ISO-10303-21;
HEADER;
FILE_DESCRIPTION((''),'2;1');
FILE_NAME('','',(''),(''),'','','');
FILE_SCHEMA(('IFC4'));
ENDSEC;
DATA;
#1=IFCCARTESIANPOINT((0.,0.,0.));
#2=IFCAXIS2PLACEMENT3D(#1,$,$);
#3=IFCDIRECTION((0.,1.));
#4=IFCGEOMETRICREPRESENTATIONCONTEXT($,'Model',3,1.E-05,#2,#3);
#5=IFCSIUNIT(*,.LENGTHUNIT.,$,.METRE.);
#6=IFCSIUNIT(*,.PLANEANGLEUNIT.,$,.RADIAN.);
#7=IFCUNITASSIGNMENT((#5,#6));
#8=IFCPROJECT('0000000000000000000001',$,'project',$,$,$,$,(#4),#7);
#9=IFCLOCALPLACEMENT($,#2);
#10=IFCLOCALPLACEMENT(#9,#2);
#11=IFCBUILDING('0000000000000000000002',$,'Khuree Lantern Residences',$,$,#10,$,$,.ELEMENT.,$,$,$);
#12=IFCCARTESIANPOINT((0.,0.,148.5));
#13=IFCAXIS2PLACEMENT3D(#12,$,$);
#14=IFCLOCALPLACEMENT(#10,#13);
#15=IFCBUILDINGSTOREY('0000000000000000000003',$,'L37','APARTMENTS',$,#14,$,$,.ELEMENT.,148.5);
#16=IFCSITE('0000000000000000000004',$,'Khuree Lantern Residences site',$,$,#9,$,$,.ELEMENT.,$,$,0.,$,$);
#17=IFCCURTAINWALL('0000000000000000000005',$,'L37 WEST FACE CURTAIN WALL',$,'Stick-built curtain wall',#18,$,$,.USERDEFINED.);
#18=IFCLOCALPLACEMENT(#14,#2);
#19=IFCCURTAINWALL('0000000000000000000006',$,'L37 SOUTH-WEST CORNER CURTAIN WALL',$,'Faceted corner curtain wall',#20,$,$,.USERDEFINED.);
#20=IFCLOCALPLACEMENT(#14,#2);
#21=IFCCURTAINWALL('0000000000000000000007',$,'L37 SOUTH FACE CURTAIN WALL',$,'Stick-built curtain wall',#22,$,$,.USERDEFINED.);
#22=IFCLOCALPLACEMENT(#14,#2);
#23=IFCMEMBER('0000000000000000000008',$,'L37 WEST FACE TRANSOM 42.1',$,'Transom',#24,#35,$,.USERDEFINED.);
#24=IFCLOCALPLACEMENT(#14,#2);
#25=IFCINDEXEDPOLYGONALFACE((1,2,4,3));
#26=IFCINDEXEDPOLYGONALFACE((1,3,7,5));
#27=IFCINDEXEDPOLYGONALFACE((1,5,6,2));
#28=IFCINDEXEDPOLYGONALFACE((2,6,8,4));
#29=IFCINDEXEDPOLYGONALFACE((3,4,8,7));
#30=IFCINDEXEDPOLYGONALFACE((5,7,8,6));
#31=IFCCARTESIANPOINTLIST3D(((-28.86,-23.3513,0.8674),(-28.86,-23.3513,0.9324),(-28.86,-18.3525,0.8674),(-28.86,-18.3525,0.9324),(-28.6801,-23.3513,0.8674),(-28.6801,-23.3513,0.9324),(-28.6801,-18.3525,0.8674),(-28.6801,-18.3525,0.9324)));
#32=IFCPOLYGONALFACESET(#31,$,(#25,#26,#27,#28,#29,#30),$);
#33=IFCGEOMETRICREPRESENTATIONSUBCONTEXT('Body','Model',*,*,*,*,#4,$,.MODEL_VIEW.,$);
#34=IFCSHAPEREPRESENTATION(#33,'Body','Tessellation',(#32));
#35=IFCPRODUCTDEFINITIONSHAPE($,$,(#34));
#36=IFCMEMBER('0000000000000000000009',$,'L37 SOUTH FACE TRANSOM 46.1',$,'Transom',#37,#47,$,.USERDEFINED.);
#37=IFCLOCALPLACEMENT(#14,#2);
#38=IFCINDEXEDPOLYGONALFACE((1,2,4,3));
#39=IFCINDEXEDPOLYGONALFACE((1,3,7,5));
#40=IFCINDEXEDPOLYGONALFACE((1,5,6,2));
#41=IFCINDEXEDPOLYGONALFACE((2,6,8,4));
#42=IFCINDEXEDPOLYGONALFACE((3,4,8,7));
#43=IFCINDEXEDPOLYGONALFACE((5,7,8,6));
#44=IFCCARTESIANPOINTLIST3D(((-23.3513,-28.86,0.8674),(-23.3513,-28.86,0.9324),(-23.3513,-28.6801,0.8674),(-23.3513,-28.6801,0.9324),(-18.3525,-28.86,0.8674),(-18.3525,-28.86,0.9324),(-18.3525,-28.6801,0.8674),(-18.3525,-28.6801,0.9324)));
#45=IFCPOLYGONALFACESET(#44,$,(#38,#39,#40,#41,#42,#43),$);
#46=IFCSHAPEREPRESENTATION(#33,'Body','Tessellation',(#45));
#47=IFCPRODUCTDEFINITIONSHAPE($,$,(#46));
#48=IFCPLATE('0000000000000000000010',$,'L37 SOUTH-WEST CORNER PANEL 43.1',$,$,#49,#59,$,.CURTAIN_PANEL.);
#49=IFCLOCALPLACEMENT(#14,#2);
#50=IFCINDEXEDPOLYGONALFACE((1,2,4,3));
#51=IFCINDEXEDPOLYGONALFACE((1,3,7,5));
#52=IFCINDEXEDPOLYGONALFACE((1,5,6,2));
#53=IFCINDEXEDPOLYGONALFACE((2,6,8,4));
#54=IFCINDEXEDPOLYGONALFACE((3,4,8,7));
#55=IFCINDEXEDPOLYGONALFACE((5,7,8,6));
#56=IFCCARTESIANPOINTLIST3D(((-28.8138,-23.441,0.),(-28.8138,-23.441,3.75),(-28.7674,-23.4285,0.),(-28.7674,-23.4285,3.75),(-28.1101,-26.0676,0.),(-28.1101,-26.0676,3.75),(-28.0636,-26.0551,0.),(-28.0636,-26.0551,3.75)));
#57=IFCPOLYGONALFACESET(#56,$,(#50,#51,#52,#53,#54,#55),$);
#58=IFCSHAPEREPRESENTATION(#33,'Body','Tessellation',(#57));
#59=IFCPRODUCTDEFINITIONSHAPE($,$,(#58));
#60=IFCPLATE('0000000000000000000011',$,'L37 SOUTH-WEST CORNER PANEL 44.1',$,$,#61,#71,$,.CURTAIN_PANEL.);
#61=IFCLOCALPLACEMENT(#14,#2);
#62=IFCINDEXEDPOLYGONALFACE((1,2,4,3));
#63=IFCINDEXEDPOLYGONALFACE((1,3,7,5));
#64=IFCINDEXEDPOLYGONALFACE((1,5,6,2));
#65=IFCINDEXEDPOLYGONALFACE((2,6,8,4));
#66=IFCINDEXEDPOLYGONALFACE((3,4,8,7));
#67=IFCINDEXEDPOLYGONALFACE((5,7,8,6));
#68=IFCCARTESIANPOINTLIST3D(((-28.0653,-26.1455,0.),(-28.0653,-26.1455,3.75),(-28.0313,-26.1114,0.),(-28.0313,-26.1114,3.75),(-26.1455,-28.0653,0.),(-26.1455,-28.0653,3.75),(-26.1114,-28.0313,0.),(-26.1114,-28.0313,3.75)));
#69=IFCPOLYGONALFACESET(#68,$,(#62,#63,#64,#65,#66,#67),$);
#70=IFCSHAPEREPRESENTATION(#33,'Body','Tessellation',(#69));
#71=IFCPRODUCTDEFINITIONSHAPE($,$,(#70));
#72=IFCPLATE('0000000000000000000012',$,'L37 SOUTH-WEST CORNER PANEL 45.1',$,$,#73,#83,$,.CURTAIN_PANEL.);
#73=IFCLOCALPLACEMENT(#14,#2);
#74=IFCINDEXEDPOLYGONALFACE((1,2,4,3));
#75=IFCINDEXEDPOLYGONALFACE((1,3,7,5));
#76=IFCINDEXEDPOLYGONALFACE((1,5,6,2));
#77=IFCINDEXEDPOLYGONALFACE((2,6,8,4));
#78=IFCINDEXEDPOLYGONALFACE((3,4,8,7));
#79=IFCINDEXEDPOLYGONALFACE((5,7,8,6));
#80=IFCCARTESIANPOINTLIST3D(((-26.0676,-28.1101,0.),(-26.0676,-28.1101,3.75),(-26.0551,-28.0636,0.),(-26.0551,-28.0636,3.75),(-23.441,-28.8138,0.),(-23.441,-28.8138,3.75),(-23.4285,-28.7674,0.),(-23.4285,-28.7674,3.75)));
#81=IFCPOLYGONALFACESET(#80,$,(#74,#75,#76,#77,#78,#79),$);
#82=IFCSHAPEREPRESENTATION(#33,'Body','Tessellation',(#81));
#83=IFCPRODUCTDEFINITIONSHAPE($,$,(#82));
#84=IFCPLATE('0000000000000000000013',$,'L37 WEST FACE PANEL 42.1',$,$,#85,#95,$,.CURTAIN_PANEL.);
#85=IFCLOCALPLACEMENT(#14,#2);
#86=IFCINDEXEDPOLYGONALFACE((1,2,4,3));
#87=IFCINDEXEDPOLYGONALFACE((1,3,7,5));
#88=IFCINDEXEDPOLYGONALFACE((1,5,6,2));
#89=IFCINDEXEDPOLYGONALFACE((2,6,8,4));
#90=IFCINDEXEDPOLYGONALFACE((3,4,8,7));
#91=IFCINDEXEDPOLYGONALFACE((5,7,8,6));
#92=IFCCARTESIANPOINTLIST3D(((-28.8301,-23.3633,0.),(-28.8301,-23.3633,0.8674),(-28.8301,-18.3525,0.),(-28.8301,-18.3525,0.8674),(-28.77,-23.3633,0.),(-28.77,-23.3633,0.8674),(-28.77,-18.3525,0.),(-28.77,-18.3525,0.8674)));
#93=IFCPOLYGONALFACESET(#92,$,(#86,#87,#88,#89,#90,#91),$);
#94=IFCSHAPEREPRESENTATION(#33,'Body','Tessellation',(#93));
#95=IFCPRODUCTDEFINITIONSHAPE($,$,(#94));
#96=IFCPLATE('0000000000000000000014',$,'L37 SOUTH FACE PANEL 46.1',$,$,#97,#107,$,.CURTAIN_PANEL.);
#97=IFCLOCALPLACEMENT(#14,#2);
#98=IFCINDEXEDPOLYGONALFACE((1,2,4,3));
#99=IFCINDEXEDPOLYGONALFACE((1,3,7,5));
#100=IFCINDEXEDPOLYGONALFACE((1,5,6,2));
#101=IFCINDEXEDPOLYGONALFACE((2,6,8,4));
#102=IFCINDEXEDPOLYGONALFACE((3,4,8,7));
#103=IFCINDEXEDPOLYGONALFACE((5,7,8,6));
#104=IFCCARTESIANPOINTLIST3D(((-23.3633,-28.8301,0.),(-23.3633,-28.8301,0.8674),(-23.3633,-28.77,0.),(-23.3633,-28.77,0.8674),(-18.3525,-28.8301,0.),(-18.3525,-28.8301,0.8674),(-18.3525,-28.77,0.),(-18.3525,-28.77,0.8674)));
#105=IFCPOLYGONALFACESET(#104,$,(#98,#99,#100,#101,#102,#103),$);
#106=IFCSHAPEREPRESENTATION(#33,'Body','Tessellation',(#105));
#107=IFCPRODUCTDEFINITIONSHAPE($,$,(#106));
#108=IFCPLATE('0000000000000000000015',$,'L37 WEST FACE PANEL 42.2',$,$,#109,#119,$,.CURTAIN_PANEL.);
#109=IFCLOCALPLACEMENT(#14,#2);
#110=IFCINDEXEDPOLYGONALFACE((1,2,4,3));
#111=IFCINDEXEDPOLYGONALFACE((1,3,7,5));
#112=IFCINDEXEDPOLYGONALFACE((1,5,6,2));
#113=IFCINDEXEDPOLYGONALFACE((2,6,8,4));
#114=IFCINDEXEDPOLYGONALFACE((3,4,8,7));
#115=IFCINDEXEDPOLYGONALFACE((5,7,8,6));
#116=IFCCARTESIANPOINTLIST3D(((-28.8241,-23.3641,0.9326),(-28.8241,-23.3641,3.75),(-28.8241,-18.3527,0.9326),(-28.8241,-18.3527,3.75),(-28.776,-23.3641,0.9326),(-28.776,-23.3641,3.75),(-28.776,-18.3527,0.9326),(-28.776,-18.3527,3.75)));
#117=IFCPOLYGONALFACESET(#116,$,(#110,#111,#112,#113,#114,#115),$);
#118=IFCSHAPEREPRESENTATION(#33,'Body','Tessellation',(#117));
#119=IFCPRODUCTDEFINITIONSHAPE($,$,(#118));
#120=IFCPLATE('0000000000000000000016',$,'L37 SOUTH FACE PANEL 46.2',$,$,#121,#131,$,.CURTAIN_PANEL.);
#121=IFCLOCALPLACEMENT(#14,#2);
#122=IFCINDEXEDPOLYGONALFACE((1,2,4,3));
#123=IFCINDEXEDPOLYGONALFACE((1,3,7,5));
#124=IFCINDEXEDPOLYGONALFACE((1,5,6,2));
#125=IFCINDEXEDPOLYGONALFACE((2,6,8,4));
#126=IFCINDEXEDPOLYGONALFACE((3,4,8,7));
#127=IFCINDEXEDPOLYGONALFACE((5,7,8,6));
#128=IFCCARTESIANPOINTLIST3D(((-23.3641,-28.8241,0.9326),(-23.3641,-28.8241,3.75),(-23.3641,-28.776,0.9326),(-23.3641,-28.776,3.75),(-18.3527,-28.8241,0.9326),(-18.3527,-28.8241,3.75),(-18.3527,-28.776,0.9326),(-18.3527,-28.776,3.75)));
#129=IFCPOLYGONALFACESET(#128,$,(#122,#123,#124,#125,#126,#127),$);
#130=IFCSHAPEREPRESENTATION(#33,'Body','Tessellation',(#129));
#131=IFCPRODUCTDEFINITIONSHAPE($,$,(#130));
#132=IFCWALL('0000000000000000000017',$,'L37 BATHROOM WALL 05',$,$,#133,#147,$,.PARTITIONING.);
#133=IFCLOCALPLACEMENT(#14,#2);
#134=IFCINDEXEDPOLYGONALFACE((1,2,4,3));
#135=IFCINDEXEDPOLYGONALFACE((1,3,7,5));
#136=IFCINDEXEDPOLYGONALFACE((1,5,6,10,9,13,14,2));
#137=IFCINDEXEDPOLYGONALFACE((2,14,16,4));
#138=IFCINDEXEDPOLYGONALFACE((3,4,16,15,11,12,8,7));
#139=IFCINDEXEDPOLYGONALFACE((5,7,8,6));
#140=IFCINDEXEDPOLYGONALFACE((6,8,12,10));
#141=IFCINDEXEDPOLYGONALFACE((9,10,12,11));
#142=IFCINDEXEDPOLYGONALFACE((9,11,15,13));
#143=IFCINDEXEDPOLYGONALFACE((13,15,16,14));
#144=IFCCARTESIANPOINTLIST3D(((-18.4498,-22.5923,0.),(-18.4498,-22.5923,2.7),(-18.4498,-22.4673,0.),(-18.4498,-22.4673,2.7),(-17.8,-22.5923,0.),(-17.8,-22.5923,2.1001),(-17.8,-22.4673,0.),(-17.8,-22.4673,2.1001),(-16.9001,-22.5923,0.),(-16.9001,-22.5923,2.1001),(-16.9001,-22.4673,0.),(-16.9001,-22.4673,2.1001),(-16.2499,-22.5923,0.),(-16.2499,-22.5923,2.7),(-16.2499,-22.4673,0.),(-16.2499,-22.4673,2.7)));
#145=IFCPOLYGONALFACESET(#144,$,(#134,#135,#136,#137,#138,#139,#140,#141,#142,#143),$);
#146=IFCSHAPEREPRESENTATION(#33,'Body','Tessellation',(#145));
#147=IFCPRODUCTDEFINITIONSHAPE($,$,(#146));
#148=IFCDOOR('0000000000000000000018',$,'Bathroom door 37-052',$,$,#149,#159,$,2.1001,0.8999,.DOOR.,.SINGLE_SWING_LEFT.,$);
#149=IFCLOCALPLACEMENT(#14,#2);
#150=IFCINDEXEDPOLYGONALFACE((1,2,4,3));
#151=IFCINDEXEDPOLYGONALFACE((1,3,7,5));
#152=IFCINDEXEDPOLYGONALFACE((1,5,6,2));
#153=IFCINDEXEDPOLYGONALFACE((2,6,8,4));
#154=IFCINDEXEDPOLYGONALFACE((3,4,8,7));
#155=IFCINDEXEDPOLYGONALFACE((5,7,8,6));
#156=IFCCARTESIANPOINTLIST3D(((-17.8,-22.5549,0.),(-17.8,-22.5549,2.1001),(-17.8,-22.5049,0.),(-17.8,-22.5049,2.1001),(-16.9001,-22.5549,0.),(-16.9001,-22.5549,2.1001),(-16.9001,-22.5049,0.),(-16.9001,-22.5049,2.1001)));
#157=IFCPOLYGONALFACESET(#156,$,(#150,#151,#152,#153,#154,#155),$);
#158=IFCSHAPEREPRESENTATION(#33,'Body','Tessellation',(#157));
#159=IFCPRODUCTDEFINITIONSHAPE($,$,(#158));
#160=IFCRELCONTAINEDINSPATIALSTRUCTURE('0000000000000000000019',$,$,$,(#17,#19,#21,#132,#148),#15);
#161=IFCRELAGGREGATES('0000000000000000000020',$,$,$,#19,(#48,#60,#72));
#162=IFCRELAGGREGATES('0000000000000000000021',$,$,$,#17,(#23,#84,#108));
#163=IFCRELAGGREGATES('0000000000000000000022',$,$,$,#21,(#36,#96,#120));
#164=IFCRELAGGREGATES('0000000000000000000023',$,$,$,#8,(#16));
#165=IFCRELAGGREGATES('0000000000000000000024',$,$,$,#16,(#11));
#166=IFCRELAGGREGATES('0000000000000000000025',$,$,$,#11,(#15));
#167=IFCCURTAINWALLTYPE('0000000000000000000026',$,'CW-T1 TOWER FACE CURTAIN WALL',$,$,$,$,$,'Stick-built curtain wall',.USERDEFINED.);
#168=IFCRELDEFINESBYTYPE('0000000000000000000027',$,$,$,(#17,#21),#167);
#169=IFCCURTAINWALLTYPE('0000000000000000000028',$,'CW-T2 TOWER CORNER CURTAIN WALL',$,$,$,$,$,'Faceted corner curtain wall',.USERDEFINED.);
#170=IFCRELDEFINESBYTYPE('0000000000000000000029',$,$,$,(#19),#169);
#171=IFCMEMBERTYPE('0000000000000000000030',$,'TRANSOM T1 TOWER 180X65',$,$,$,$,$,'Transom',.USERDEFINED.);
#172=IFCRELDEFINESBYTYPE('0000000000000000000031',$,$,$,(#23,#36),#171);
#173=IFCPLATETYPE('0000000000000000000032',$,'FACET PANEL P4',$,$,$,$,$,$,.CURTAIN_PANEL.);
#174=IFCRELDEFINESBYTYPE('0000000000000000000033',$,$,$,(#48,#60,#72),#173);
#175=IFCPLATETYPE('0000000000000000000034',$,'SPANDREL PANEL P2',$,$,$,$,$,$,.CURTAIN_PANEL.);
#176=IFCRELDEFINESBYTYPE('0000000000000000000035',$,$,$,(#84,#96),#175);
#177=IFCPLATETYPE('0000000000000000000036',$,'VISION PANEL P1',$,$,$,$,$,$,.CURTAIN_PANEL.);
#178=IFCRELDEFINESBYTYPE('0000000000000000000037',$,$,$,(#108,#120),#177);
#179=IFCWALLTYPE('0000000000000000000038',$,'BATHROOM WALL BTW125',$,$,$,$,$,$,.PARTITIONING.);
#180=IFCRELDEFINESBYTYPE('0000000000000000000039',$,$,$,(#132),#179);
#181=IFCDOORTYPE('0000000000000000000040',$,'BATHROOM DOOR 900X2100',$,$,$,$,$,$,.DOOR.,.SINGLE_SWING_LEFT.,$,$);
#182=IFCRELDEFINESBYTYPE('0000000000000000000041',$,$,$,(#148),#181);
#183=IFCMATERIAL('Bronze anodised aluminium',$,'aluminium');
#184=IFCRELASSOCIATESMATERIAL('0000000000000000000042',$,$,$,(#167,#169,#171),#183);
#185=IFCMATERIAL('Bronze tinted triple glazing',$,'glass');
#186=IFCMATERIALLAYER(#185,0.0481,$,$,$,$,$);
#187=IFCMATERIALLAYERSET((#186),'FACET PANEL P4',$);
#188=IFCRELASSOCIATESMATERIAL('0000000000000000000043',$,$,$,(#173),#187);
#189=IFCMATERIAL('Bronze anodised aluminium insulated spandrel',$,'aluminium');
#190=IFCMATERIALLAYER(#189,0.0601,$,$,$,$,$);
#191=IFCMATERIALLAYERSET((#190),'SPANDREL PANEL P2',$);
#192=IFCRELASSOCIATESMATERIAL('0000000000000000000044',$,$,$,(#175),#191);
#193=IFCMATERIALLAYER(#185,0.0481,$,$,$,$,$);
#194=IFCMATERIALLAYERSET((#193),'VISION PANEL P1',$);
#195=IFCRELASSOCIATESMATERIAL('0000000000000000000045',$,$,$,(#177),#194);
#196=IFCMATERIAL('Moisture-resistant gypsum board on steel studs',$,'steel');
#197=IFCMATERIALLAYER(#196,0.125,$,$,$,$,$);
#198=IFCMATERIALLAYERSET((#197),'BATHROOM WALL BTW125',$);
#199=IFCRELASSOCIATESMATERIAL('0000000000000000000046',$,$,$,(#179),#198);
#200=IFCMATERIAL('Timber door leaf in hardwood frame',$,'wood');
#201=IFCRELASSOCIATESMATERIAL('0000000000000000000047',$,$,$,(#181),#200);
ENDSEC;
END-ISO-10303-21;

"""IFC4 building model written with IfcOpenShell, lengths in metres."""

from ifc_helpers import new_model, si_unit, direction, frame, frame_2d, origin, origin_2d, place, context, subcontext, project, spatial, rectangle, extrude, material, layer, layer_set, material_profile, profile_set, type_object, element, fill, aggregate, save


model = new_model("IFC4")

# Units and contexts
model_context = context("Model", 3, precision=1e-05, world=origin(), true_north=direction((0.0, 1.0)))
body_context = subcontext(model_context, "Body", "Model", "MODEL_VIEW")
ifc_project = project(units=[si_unit("LENGTHUNIT", "METRE"), si_unit("PLANEANGLEUNIT", "RADIAN")], contexts=[model_context])

# Site, building, storey
site_placement = place(None, origin())
site = spatial("IfcSite", under=ifc_project, at=site_placement, Name="Khuree Lantern Residences site", CompositionType="ELEMENT", RefElevation=0.0)
building_placement = place(site_placement, origin())
building = spatial("IfcBuilding", under=site, at=building_placement, Name="Khuree Lantern Residences", CompositionType="ELEMENT")
storey_placement = place(building_placement, frame((0.0, 0.0, 148.5)))
storey = spatial("IfcBuildingStorey", under=building, at=storey_placement, Name="L37", Description="APARTMENTS", CompositionType="ELEMENT", Elevation=148.5)

# Curtain walls
ifc_material_1 = material(Name="Bronze anodised aluminium", Category="aluminium")
curtain_wall_type_1 = type_object("IfcCurtainWallType", Name="CW-T1 TOWER FACE CURTAIN WALL", ElementType="Stick-built curtain wall", PredefinedType="USERDEFINED", material=ifc_material_1)
curtain_wall_1_placement = place(storey_placement, origin())
curtain_wall_1 = element("IfcCurtainWall", 1, at=curtain_wall_1_placement, inside=storey, type_object=curtain_wall_type_1, Name="L37 WEST FACE CURTAIN WALL", ObjectType="Stick-built curtain wall", PredefinedType="USERDEFINED")
curtain_wall_type_2 = type_object("IfcCurtainWallType", Name="CW-T2 TOWER CORNER CURTAIN WALL", ElementType="Faceted corner curtain wall", PredefinedType="USERDEFINED", material=ifc_material_1)
curtain_wall_2_placement = place(storey_placement, origin())
curtain_wall_2 = element("IfcCurtainWall", 2, at=curtain_wall_2_placement, inside=storey, type_object=curtain_wall_type_2, Name="L37 SOUTH-WEST CORNER CURTAIN WALL", ObjectType="Faceted corner curtain wall", PredefinedType="USERDEFINED")

# Curtain wall
curtain_wall_3_placement = place(storey_placement, origin())
curtain_wall_3 = element("IfcCurtainWall", 3, at=curtain_wall_3_placement, inside=storey, type_object=curtain_wall_type_1, Name="L37 SOUTH FACE CURTAIN WALL", ObjectType="Stick-built curtain wall", PredefinedType="USERDEFINED")

# Members
ifc_material_profile_1 = material_profile(ifc_material_1, rectangle(XDim=0.1799, YDim=0.0649, at=origin_2d()), Name="T1 180X65")
ifc_profile_set_1 = profile_set([ifc_material_profile_1], Name="Bronze anodised aluminium")
member_type_1 = type_object("IfcMemberType", Name="TRANSOM T1 TOWER 180X65", ElementType="Transom", PredefinedType="USERDEFINED", material=ifc_profile_set_1)
member_1_placement = place(storey_placement, frame((-28.77, -18.3525, 0.8999), z_axis=(0.0, -1.0, 0.0), x_axis=(1.0, 0.0, 0.0)))
member_1 = element("IfcMember", 4, at=member_1_placement, type_object=member_type_1, Name="L37 WEST FACE TRANSOM 42.1", ObjectType="Transom", PredefinedType="USERDEFINED", context=body_context, shape_type="SweptSolid", body=[
    extrude(rectangle(XDim=0.1799, YDim=0.0649, at=origin_2d()), origin(), (0.0, 0.0, 1.0), 4.9988),
])
member_2_placement = place(storey_placement, frame((-23.3513, -28.77, 0.8999), z_axis=(1.0, 0.0, 0.0), x_axis=(0.0, 1.0, 0.0)))
member_2 = element("IfcMember", 5, at=member_2_placement, type_object=member_type_1, Name="L37 SOUTH FACE TRANSOM 46.1", ObjectType="Transom", PredefinedType="USERDEFINED", context=body_context, shape_type="SweptSolid", body=[
    extrude(rectangle(XDim=0.1799, YDim=0.0649, at=origin_2d()), origin(), (0.0, 0.0, 1.0), 4.9988),
])

# Plates
ifc_material_2 = material(Name="Bronze tinted triple glazing", Category="glass")
ifc_layer_1 = layer(ifc_material_2, 0.0481)
ifc_layer_set_1 = layer_set([ifc_layer_1], Name="FACET PANEL P4")
plate_type_1 = type_object("IfcPlateType", Name="FACET PANEL P4", PredefinedType="CURTAIN_PANEL", material=ifc_layer_set_1)
plate_1_placement = place(storey_placement, frame((-28.4387, -24.748, 0.0), z_axis=(0.0, 0.0, 1.0), x_axis=(0.258819, -0.965926, 0.0)))
plate_1 = element("IfcPlate", 6, at=plate_1_placement, type_object=plate_type_1, Name="L37 SOUTH-WEST CORNER PANEL 43.1", PredefinedType="CURTAIN_PANEL", context=body_context, shape_type="SweptSolid", body=[
    extrude(rectangle(XDim=2.7192, YDim=0.0481, at=origin_2d()), origin(), (0.0, 0.0, 1.0), 3.75),
])
plate_2_placement = place(storey_placement, frame((-27.0884, -27.0884, 0.0), z_axis=(0.0, 0.0, 1.0), x_axis=(0.707107, -0.707107, 0.0)))
plate_2 = element("IfcPlate", 7, at=plate_2_placement, type_object=plate_type_1, Name="L37 SOUTH-WEST CORNER PANEL 44.1", PredefinedType="CURTAIN_PANEL", context=body_context, shape_type="SweptSolid", body=[
    extrude(rectangle(XDim=2.7151, YDim=0.0481, at=origin_2d()), origin(), (0.0, 0.0, 1.0), 3.75),
])
plate_3_placement = place(storey_placement, frame((-24.748, -28.4387, 0.0), z_axis=(0.0, 0.0, 1.0), x_axis=(0.965926, -0.258819, 0.0)))
plate_3 = element("IfcPlate", 8, at=plate_3_placement, type_object=plate_type_1, Name="L37 SOUTH-WEST CORNER PANEL 45.1", PredefinedType="CURTAIN_PANEL", context=body_context, shape_type="SweptSolid", body=[
    extrude(rectangle(XDim=2.7192, YDim=0.0481, at=origin_2d()), origin(), (0.0, 0.0, 1.0), 3.75),
])
aggregate(curtain_wall_2, [plate_1, plate_2, plate_3])
ifc_material_3 = material(Name="Bronze anodised aluminium insulated spandrel", Category="aluminium")
ifc_layer_2 = layer(ifc_material_3, 0.0601)
ifc_layer_set_2 = layer_set([ifc_layer_2], Name="SPANDREL PANEL P2")
plate_type_2 = type_object("IfcPlateType", Name="SPANDREL PANEL P2", PredefinedType="CURTAIN_PANEL", material=ifc_layer_set_2)
plate_4_placement = place(storey_placement, frame((-28.8, -20.8579, 0.0), z_axis=(0.0, 0.0, 1.0), x_axis=(0.0, -1.0, 0.0)))
plate_4 = element("IfcPlate", 9, at=plate_4_placement, type_object=plate_type_2, Name="L37 WEST FACE PANEL 42.1", PredefinedType="CURTAIN_PANEL", context=body_context, shape_type="SweptSolid", body=[
    extrude(rectangle(XDim=5.0107, YDim=0.0601, at=origin_2d()), origin(), (0.0, 0.0, 1.0), 0.8674),
])
plate_5_placement = place(storey_placement, frame((-20.8579, -28.8, 0.0), z_axis=(0.0, 0.0, 1.0), x_axis=(1.0, 0.0, 0.0)))
plate_5 = element("IfcPlate", 10, at=plate_5_placement, type_object=plate_type_2, Name="L37 SOUTH FACE PANEL 46.1", PredefinedType="CURTAIN_PANEL", context=body_context, shape_type="SweptSolid", body=[
    extrude(rectangle(XDim=5.0107, YDim=0.0601, at=origin_2d()), origin(), (0.0, 0.0, 1.0), 0.8674),
])
ifc_layer_3 = layer(ifc_material_2, 0.0481)
ifc_layer_set_3 = layer_set([ifc_layer_3], Name="VISION PANEL P1")
plate_type_3 = type_object("IfcPlateType", Name="VISION PANEL P1", PredefinedType="CURTAIN_PANEL", material=ifc_layer_set_3)
plate_6_placement = place(storey_placement, frame((-28.8, -20.8584, 0.9326), z_axis=(0.0, 0.0, 1.0), x_axis=(0.0, -1.0, 0.0)))
plate_6 = element("IfcPlate", 11, at=plate_6_placement, type_object=plate_type_3, Name="L37 WEST FACE PANEL 42.2", PredefinedType="CURTAIN_PANEL", context=body_context, shape_type="SweptSolid", body=[
    extrude(rectangle(XDim=5.0115, YDim=0.0481, at=origin_2d()), origin(), (0.0, 0.0, 1.0), 2.8174),
])
aggregate(curtain_wall_1, [member_1, plate_4, plate_6])
plate_7_placement = place(storey_placement, frame((-20.8584, -28.8, 0.9326), z_axis=(0.0, 0.0, 1.0), x_axis=(1.0, 0.0, 0.0)))
plate_7 = element("IfcPlate", 12, at=plate_7_placement, type_object=plate_type_3, Name="L37 SOUTH FACE PANEL 46.2", PredefinedType="CURTAIN_PANEL", context=body_context, shape_type="SweptSolid", body=[
    extrude(rectangle(XDim=5.0115, YDim=0.0481, at=origin_2d()), origin(), (0.0, 0.0, 1.0), 2.8174),
])
aggregate(curtain_wall_3, [member_2, plate_5, plate_7])

# Wall, opening, door
ifc_material_4 = material(Name="Moisture-resistant gypsum board on steel studs", Category="steel")
ifc_layer_4 = layer(ifc_material_4, 0.125)
ifc_layer_set_4 = layer_set([ifc_layer_4], Name="BATHROOM WALL BTW125")
wall_type = type_object("IfcWallType", Name="BATHROOM WALL BTW125", PredefinedType="PARTITIONING", material=ifc_layer_set_4)
wall_placement = place(storey_placement, frame((-18.45, -22.5298, 0.0), z_axis=(0.0, 0.0, 1.0), x_axis=(1.0, 0.0, 0.0)))
wall = element("IfcWall", 13, at=wall_placement, inside=storey, type_object=wall_type, Name="L37 BATHROOM WALL 05", PredefinedType="PARTITIONING", context=body_context, shape_type="SweptSolid", body=[
    extrude(rectangle(XDim=2.2, YDim=0.125, at=frame_2d((1.1001, 0.0))), origin(), (0.0, 0.0, 1.0), 2.7),
])
opening_placement = place(wall_placement, frame((0.6499, 0.0, 0.0)))
opening = element("IfcOpeningElement", 14, at=opening_placement, cuts=wall, PredefinedType="OPENING", context=body_context, shape_type="SweptSolid", body=[
    extrude(rectangle(XDim=0.8999, YDim=2.1001, at=frame_2d((0.45, 1.05))), frame((0.0, 0.0725, 0.0), z_axis=(0.0, -1.0, 0.0), x_axis=(1.0, 0.0, 0.0)), (0.0, 0.0, 1.0), 0.145),
])
ifc_material_5 = material(Name="Timber door leaf in hardwood frame", Category="wood")
door_type = type_object("IfcDoorType", Name="BATHROOM DOOR 900X2100", OperationType="SINGLE_SWING_LEFT", PredefinedType="DOOR", material=ifc_material_5)
door_placement = place(opening_placement, origin())
door = element("IfcDoor", 15, at=door_placement, inside=storey, type_object=door_type, Name="Bathroom door 37-052", OperationType="SINGLE_SWING_LEFT", OverallHeight=2.1001, OverallWidth=0.8999, PredefinedType="DOOR", context=body_context, shape_type="SweptSolid", body=[
    extrude(rectangle(XDim=0.8999, YDim=2.1001, at=frame_2d((0.45, 1.05))), frame((0.0, 0.0249, 0.0), z_axis=(0.0, -1.0, 0.0), x_axis=(1.0, 0.0, 0.0)), (0.0, 0.0, 1.0), 0.05),
])
fill(opening, door)

save(model, "model.ifc")
